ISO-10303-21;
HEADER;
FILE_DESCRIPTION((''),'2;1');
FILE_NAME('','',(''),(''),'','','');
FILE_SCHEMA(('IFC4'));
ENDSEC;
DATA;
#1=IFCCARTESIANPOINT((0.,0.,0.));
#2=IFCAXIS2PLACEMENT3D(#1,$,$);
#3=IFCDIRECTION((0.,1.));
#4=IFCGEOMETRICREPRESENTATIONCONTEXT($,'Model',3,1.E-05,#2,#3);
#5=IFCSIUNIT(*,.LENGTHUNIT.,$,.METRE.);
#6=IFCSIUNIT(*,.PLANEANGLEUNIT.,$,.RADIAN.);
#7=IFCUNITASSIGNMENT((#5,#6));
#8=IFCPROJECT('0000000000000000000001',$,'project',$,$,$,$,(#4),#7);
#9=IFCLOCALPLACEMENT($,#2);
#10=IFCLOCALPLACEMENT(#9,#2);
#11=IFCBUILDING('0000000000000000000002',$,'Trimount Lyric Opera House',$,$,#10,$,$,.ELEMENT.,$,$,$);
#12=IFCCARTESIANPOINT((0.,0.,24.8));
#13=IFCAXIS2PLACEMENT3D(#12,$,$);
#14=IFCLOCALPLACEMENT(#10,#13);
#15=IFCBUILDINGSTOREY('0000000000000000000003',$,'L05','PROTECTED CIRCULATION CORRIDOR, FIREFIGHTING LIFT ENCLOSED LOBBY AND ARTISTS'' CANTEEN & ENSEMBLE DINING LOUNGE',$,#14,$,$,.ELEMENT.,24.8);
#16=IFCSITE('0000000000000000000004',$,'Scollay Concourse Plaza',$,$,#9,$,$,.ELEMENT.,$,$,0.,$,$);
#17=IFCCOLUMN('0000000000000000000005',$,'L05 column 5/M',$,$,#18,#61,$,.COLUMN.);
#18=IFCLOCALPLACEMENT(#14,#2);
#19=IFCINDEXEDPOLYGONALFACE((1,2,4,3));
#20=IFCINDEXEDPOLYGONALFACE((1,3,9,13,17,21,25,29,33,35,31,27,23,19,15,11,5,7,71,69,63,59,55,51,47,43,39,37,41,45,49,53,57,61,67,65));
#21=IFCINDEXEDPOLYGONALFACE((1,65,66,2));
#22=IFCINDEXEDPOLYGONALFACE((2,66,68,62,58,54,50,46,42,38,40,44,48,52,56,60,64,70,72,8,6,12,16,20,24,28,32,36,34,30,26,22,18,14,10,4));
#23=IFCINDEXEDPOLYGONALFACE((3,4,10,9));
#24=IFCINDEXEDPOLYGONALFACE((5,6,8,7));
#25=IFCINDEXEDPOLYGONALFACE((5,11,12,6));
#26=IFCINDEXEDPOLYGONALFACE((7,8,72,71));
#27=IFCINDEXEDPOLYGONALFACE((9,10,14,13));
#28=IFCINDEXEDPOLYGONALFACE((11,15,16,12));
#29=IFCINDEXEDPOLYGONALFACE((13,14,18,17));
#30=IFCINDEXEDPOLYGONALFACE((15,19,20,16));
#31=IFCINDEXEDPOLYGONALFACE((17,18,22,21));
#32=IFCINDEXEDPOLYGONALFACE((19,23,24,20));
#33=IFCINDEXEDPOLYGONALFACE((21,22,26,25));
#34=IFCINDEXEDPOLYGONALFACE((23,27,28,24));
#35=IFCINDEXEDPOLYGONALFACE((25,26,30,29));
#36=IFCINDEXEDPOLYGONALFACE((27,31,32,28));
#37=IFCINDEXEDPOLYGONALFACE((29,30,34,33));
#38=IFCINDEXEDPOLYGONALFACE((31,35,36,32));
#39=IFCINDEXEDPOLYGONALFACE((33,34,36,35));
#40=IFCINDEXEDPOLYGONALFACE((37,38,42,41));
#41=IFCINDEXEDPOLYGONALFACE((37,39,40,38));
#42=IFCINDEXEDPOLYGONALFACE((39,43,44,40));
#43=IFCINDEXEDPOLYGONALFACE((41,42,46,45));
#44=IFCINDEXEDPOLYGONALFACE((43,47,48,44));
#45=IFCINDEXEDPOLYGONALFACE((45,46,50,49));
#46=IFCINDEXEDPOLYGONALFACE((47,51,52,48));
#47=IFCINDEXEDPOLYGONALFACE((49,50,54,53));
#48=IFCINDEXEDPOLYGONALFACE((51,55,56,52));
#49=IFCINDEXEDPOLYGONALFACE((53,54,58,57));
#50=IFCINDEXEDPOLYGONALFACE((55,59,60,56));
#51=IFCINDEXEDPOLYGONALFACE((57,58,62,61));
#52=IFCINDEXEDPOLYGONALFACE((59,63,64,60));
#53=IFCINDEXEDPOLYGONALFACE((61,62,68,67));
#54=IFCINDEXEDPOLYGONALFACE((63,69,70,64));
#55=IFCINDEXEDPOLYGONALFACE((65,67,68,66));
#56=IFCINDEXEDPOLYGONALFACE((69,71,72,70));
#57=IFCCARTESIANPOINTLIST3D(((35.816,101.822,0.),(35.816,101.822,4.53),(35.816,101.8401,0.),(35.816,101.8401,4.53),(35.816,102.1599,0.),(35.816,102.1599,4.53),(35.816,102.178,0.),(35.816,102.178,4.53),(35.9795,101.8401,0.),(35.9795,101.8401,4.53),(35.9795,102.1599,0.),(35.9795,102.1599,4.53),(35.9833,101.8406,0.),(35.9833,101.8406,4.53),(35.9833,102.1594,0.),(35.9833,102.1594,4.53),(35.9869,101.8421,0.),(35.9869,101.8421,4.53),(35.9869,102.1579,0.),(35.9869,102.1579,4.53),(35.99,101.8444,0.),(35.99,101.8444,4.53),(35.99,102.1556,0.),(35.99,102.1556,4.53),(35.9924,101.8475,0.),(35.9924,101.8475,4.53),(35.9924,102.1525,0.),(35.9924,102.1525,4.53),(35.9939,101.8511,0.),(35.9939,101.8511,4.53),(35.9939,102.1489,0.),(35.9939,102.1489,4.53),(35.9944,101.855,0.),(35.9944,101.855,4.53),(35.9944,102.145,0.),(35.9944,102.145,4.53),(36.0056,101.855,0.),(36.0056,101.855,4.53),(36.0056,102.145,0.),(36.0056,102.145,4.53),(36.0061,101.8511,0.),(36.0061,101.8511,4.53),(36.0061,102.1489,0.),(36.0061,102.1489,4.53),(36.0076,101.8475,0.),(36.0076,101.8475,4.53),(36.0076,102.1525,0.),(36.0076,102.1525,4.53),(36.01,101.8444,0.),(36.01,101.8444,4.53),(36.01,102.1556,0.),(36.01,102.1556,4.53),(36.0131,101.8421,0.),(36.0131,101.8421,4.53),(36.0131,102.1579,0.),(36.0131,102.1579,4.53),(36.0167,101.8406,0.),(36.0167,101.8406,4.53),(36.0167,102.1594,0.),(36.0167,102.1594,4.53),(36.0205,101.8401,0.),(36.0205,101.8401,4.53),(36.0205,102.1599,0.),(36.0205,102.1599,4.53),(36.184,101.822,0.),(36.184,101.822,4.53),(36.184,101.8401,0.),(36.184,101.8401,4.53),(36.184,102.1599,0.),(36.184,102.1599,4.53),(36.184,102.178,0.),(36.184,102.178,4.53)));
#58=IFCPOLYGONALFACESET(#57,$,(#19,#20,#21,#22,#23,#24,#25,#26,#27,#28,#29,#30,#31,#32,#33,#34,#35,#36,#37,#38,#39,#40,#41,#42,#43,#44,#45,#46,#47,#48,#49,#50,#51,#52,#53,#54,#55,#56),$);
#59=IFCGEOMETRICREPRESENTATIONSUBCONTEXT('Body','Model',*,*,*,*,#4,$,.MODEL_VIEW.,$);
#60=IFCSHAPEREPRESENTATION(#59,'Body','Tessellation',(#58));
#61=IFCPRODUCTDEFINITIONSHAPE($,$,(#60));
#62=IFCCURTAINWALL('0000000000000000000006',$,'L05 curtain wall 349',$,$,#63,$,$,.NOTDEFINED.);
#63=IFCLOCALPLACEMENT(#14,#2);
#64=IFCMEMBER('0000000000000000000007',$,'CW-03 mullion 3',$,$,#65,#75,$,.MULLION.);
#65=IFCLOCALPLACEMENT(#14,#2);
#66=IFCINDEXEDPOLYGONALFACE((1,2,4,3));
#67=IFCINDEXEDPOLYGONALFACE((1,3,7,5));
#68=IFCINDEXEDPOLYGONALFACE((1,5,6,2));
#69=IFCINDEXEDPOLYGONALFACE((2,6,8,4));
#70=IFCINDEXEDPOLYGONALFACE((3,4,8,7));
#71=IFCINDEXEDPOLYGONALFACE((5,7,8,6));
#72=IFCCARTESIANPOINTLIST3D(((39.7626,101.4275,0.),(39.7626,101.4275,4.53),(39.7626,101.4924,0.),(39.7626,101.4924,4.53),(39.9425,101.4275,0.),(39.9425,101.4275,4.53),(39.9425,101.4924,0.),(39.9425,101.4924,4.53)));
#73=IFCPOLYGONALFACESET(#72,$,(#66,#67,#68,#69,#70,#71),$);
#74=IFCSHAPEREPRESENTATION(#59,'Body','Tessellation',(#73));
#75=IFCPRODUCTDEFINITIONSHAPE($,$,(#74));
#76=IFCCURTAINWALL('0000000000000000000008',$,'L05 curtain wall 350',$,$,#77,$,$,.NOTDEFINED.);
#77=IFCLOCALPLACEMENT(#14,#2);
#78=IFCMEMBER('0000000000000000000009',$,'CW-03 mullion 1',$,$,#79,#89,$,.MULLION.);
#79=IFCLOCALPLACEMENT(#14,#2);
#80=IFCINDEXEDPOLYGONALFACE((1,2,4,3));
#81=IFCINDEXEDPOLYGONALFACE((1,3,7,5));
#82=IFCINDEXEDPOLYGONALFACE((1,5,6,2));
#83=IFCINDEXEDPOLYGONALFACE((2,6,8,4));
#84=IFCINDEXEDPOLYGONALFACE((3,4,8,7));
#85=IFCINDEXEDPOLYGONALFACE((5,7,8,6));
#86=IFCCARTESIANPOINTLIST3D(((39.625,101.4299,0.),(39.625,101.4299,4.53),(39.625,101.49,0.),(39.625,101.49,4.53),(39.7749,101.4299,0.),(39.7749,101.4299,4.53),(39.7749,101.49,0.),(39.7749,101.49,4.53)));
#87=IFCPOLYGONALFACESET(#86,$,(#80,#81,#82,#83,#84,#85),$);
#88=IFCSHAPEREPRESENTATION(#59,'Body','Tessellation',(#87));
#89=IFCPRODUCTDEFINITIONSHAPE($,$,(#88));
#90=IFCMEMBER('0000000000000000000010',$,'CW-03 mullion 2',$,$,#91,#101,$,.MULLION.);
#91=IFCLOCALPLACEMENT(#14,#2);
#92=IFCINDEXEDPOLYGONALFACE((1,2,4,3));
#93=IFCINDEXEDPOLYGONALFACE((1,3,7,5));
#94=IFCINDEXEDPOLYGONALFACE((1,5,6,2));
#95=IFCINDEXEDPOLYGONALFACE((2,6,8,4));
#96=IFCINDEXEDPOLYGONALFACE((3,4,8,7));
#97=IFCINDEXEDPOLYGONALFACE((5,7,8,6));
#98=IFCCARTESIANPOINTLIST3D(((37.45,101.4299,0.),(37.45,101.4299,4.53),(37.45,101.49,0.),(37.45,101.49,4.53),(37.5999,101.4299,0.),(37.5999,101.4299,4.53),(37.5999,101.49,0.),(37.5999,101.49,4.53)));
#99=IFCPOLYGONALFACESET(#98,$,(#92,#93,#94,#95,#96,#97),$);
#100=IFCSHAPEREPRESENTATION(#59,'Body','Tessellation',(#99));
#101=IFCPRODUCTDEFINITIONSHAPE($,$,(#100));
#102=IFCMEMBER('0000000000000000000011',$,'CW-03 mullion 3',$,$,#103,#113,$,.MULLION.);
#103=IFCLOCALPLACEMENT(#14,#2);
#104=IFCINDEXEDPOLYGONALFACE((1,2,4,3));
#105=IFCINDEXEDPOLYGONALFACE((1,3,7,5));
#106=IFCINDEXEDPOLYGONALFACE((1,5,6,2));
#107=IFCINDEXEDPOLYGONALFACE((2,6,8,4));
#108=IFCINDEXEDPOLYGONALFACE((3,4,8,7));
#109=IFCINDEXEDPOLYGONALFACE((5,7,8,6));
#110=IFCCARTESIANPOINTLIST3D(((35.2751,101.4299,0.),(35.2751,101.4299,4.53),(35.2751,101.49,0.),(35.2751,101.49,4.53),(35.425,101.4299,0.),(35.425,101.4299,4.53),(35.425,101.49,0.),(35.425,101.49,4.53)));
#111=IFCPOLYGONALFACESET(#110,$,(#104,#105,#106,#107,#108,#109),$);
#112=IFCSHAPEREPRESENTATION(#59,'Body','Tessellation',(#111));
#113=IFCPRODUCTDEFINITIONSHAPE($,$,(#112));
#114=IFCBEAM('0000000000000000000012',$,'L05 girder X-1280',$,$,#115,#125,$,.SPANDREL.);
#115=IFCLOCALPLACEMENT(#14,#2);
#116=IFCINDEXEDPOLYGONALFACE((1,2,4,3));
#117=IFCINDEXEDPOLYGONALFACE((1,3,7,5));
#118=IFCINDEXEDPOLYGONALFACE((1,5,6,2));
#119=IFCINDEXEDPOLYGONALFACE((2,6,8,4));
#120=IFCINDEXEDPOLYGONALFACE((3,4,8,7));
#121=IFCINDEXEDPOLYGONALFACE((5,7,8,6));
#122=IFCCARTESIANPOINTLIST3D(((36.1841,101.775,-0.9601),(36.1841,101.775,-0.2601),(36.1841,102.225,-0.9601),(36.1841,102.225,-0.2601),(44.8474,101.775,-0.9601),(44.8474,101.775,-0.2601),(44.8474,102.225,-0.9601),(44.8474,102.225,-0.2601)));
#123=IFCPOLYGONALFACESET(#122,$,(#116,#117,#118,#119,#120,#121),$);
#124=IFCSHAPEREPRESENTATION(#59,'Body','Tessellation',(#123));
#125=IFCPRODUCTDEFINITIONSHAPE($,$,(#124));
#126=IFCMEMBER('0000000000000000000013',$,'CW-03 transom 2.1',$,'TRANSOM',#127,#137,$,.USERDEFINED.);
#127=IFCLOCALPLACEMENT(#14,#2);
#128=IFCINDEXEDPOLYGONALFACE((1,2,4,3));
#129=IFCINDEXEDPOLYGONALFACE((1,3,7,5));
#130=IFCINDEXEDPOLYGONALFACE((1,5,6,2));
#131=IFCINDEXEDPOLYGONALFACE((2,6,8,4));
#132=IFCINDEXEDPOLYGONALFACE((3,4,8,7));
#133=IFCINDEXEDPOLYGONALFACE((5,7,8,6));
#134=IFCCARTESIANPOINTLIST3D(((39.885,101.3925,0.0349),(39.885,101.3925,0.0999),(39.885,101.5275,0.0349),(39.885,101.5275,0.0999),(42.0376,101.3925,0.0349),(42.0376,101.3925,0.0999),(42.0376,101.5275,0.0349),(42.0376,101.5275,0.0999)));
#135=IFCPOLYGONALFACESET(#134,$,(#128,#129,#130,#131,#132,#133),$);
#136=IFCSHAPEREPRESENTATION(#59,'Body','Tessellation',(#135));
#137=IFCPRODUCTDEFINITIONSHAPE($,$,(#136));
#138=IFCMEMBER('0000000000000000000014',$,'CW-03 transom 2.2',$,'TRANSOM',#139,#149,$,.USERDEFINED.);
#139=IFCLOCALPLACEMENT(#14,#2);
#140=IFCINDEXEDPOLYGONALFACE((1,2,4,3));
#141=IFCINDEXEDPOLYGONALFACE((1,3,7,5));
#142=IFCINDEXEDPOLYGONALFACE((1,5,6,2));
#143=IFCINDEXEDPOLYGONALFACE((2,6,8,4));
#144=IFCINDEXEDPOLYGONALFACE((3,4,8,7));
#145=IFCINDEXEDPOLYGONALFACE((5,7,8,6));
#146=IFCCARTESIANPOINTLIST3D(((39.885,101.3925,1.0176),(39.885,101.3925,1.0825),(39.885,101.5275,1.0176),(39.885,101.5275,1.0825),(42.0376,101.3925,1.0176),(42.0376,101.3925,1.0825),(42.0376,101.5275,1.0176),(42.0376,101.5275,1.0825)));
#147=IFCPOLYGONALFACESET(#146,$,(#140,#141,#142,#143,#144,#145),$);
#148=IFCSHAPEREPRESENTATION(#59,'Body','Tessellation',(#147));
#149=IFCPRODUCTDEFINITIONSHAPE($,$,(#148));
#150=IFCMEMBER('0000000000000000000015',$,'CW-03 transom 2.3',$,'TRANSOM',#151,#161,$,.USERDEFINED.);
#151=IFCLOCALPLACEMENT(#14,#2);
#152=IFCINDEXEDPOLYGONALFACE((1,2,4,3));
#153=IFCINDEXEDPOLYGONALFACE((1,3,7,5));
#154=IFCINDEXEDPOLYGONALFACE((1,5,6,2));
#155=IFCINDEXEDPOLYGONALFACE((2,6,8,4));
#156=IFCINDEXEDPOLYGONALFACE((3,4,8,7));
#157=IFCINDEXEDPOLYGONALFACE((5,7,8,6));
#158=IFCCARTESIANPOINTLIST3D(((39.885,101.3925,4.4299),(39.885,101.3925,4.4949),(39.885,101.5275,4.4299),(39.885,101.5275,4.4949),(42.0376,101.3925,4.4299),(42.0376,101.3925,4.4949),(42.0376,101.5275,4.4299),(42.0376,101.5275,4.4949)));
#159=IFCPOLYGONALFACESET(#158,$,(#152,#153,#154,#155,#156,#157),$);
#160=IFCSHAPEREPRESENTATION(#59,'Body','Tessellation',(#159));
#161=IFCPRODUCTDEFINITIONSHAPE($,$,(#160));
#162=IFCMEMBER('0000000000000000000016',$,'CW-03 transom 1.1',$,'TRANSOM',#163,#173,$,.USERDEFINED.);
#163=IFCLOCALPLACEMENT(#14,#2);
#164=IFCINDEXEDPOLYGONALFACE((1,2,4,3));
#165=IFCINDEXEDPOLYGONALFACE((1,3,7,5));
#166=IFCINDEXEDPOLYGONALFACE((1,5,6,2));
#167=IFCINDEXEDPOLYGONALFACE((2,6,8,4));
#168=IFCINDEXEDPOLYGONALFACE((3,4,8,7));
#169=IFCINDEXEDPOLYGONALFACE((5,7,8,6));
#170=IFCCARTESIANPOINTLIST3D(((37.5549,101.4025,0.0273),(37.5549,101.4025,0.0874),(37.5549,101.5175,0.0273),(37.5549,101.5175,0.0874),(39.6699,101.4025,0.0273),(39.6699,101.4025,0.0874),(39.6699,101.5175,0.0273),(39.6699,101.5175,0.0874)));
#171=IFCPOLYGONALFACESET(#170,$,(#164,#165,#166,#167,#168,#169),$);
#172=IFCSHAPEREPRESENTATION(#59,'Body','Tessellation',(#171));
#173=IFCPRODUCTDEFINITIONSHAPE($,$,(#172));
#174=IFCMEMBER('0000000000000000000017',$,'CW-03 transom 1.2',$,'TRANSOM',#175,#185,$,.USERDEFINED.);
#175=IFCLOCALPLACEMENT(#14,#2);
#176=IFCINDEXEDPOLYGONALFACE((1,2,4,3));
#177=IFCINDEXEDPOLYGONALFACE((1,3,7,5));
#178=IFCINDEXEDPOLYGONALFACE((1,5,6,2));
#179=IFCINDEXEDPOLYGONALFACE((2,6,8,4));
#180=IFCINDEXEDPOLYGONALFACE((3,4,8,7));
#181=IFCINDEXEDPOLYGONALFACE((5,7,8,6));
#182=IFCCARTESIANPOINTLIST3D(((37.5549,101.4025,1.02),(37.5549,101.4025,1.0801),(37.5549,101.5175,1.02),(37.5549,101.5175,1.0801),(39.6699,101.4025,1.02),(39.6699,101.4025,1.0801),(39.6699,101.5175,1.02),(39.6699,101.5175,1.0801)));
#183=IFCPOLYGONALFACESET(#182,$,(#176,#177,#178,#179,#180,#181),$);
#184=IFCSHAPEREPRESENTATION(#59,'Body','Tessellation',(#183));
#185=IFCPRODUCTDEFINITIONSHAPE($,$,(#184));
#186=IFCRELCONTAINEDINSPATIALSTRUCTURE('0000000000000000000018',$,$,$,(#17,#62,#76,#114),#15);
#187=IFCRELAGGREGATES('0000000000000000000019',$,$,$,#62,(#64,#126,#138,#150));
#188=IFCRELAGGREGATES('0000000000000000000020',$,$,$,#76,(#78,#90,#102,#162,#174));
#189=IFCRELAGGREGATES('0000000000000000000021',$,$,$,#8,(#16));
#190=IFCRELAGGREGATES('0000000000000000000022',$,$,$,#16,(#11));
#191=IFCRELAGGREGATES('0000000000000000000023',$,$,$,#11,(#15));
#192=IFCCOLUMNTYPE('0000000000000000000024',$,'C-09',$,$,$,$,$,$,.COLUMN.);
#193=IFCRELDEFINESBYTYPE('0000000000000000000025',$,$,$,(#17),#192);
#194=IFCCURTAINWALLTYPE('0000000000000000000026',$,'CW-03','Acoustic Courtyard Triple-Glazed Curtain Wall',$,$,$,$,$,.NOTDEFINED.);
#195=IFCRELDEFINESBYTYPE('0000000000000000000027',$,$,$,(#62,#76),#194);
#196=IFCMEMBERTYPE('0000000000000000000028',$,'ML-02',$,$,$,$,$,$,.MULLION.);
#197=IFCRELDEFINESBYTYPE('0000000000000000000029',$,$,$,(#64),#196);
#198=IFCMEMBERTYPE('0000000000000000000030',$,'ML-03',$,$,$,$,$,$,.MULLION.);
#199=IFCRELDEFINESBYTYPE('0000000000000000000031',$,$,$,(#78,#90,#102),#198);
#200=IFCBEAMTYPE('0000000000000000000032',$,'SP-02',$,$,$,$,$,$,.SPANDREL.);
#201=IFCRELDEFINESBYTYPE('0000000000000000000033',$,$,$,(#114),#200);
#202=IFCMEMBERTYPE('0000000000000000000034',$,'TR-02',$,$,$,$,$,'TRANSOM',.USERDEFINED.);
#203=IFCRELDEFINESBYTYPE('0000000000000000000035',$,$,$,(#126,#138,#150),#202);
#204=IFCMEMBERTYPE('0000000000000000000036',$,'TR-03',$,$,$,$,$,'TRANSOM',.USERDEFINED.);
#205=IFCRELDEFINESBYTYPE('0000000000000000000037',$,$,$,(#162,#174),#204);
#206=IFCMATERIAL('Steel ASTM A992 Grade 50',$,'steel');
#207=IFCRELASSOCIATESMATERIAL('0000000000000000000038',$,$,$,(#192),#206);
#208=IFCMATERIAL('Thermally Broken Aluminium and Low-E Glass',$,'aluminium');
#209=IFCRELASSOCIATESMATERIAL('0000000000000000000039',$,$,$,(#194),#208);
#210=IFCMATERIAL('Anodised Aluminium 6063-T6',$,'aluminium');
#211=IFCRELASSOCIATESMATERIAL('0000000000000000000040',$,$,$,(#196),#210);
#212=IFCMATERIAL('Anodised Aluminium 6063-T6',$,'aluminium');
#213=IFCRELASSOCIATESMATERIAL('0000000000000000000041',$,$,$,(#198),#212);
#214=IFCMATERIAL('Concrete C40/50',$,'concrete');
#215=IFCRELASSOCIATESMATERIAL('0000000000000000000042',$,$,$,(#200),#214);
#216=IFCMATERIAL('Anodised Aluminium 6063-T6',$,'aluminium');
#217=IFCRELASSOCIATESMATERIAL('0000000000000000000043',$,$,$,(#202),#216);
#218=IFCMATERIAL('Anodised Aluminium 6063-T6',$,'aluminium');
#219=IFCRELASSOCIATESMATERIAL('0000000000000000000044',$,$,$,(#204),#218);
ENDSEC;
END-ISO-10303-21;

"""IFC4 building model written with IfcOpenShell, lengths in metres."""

from ifc_helpers import new_model, si_unit, direction, frame, origin, origin_2d, place, context, subcontext, project, spatial, rectangle, i_section, extrude, material, material_profile, profile_set, type_object, element, aggregate, save


model = new_model("IFC4")

# Units and contexts
model_context = context("Model", 3, precision=1e-05, world=origin(), true_north=direction((0.0, 1.0)))
body_context = subcontext(model_context, "Body", "Model", "MODEL_VIEW")
ifc_project = project(units=[si_unit("LENGTHUNIT", "METRE"), si_unit("PLANEANGLEUNIT", "RADIAN")], contexts=[model_context])

# Site, building, storey
site_placement = place(None, origin())
site = spatial("IfcSite", under=ifc_project, at=site_placement, Name="Scollay Concourse Plaza", CompositionType="ELEMENT", RefElevation=0.0)
building_placement = place(site_placement, origin())
building = spatial("IfcBuilding", under=site, at=building_placement, Name="Trimount Lyric Opera House", CompositionType="ELEMENT")
storey_placement = place(building_placement, frame((0.0, 0.0, 24.8)))
storey = spatial("IfcBuildingStorey", under=building, at=storey_placement, Name="L05", Description="PROTECTED CIRCULATION CORRIDOR, FIREFIGHTING LIFT ENCLOSED LOBBY AND ARTISTS' CANTEEN & ENSEMBLE DINING LOUNGE", CompositionType="ELEMENT", Elevation=24.8)

# Column
ifc_material_1 = material(Name="Steel ASTM A992 Grade 50", Category="steel")
ifc_material_profile_1 = material_profile(ifc_material_1, i_section(OverallWidth=0.3679, OverallDepth=0.356, WebThickness=0.0112, FlangeThickness=0.0181, FilletRadius=0.0149, at=origin_2d()), Name="W14X90")
ifc_profile_set_1 = profile_set([ifc_material_profile_1], Name="Steel ASTM A992 Grade 50")
column_type = type_object("IfcColumnType", Name="C-09", PredefinedType="COLUMN", material=ifc_profile_set_1)
column_placement = place(storey_placement, frame((36.0, 102.0, 0.0), z_axis=(0.0, 0.0, 1.0), x_axis=(1.0, 0.0, 0.0)))
element("IfcColumn", 1, at=column_placement, inside=storey, type_object=column_type, Name="L05 column 5/M", PredefinedType="COLUMN", context=body_context, shape_type="SweptSolid", body=[
    extrude(i_section(OverallWidth=0.3679, OverallDepth=0.356, WebThickness=0.0112, FlangeThickness=0.0181, FilletRadius=0.0149, at=origin_2d()), origin(), (0.0, 0.0, 1.0), 4.53),
])

# Curtain wall, member
ifc_material_2 = material(Name="Thermally Broken Aluminium and Low-E Glass", Category="aluminium")
curtain_wall_type = type_object("IfcCurtainWallType", Name="CW-03", Description="Acoustic Courtyard Triple-Glazed Curtain Wall", PredefinedType="NOTDEFINED", material=ifc_material_2)
curtain_wall_1_placement = place(storey_placement, origin())
curtain_wall_1 = element("IfcCurtainWall", 2, at=curtain_wall_1_placement, inside=storey, type_object=curtain_wall_type, Name="L05 curtain wall 349", PredefinedType="NOTDEFINED")
ifc_material_3 = material(Name="Anodised Aluminium 6063-T6", Category="aluminium")
ifc_material_profile_2 = material_profile(ifc_material_3, rectangle(XDim=0.0649, YDim=0.1799, at=origin_2d()), Name="ALU-MULL-65X180")
ifc_profile_set_2 = profile_set([ifc_material_profile_2], Name="Anodised Aluminium 6063-T6")
member_type_1 = type_object("IfcMemberType", Name="ML-02", PredefinedType="MULLION", material=ifc_profile_set_2)
member_1_placement = place(storey_placement, frame((39.8525, 101.46, 0.0), z_axis=(0.0, 0.0, 1.0), x_axis=(0.0, -1.0, 0.0)))
member_1 = element("IfcMember", 3, at=member_1_placement, type_object=member_type_1, Name="CW-03 mullion 3", PredefinedType="MULLION", context=body_context, shape_type="SweptSolid", body=[
    extrude(rectangle(XDim=0.0649, YDim=0.1799, at=origin_2d()), origin(), (0.0, 0.0, 1.0), 4.53),
])

# Curtain wall, members
curtain_wall_2_placement = place(storey_placement, origin())
curtain_wall_2 = element("IfcCurtainWall", 4, at=curtain_wall_2_placement, inside=storey, type_object=curtain_wall_type, Name="L05 curtain wall 350", PredefinedType="NOTDEFINED")
ifc_material_4 = material(Name="Anodised Aluminium 6063-T6", Category="aluminium")
ifc_material_profile_3 = material_profile(ifc_material_4, rectangle(XDim=0.0601, YDim=0.1499, at=origin_2d()), Name="ALU-MULL-60X150")
ifc_profile_set_3 = profile_set([ifc_material_profile_3], Name="Anodised Aluminium 6063-T6")
member_type_2 = type_object("IfcMemberType", Name="ML-03", PredefinedType="MULLION", material=ifc_profile_set_3)
member_2_placement = place(storey_placement, frame((39.7, 101.46, 0.0), z_axis=(0.0, 0.0, 1.0), x_axis=(0.0, -1.0, 0.0)))
member_2 = element("IfcMember", 5, at=member_2_placement, type_object=member_type_2, Name="CW-03 mullion 1", PredefinedType="MULLION", context=body_context, shape_type="SweptSolid", body=[
    extrude(rectangle(XDim=0.0601, YDim=0.1499, at=origin_2d()), origin(), (0.0, 0.0, 1.0), 4.53),
])
member_3_placement = place(storey_placement, frame((37.5249, 101.46, 0.0), z_axis=(0.0, 0.0, 1.0), x_axis=(0.0, -1.0, 0.0)))
member_3 = element("IfcMember", 6, at=member_3_placement, type_object=member_type_2, Name="CW-03 mullion 2", PredefinedType="MULLION", context=body_context, shape_type="SweptSolid", body=[
    extrude(rectangle(XDim=0.0601, YDim=0.1499, at=origin_2d()), origin(), (0.0, 0.0, 1.0), 4.53),
])
member_4_placement = place(storey_placement, frame((35.3501, 101.46, 0.0), z_axis=(0.0, 0.0, 1.0), x_axis=(0.0, -1.0, 0.0)))
member_4 = element("IfcMember", 7, at=member_4_placement, type_object=member_type_2, Name="CW-03 mullion 3", PredefinedType="MULLION", context=body_context, shape_type="SweptSolid", body=[
    extrude(rectangle(XDim=0.0601, YDim=0.1499, at=origin_2d()), origin(), (0.0, 0.0, 1.0), 4.53),
])

# Beam
ifc_material_5 = material(Name="Concrete C40/50", Category="concrete")
ifc_material_profile_4 = material_profile(ifc_material_5, rectangle(XDim=0.45, YDim=0.7, at=origin_2d()), Name="RC450X700")
ifc_profile_set_4 = profile_set([ifc_material_profile_4], Name="Concrete C40/50")
beam_type = type_object("IfcBeamType", Name="SP-02", PredefinedType="SPANDREL", material=ifc_profile_set_4)
beam_placement = place(storey_placement, frame((36.1841, 102.0, -0.6101), z_axis=(1.0, 0.0, 0.0), x_axis=(0.0, 1.0, 0.0)))
element("IfcBeam", 8, at=beam_placement, inside=storey, type_object=beam_type, Name="L05 girder X-1280", PredefinedType="SPANDREL", context=body_context, shape_type="SweptSolid", body=[
    extrude(rectangle(XDim=0.45, YDim=0.7, at=origin_2d()), origin(), (0.0, 0.0, 1.0), 8.6633),
])

# Members
ifc_material_6 = material(Name="Anodised Aluminium 6063-T6", Category="aluminium")
ifc_material_profile_5 = material_profile(ifc_material_6, rectangle(XDim=0.135, YDim=0.0649, at=origin_2d()), Name="ALU-TRAN-65X135")
ifc_profile_set_5 = profile_set([ifc_material_profile_5], Name="Anodised Aluminium 6063-T6")
member_type_3 = type_object("IfcMemberType", Name="TR-02", ElementType="TRANSOM", PredefinedType="USERDEFINED", material=ifc_profile_set_5)
member_5_placement = place(storey_placement, frame((42.0376, 101.46, 0.0674), z_axis=(-1.0, 0.0, 0.0), x_axis=(0.0, -1.0, 0.0)))
member_5 = element("IfcMember", 9, at=member_5_placement, type_object=member_type_3, Name="CW-03 transom 2.1", ObjectType="TRANSOM", PredefinedType="USERDEFINED", context=body_context, shape_type="SweptSolid", body=[
    extrude(rectangle(XDim=0.135, YDim=0.0649, at=origin_2d()), origin(), (0.0, 0.0, 1.0), 2.1526),
])
member_6_placement = place(storey_placement, frame((42.0376, 101.46, 1.05), z_axis=(-1.0, 0.0, 0.0), x_axis=(0.0, -1.0, 0.0)))
member_6 = element("IfcMember", 10, at=member_6_placement, type_object=member_type_3, Name="CW-03 transom 2.2", ObjectType="TRANSOM", PredefinedType="USERDEFINED", context=body_context, shape_type="SweptSolid", body=[
    extrude(rectangle(XDim=0.135, YDim=0.0649, at=origin_2d()), origin(), (0.0, 0.0, 1.0), 2.1526),
])
member_7_placement = place(storey_placement, frame((42.0376, 101.46, 4.4624), z_axis=(-1.0, 0.0, 0.0), x_axis=(0.0, -1.0, 0.0)))
member_7 = element("IfcMember", 11, at=member_7_placement, type_object=member_type_3, Name="CW-03 transom 2.3", ObjectType="TRANSOM", PredefinedType="USERDEFINED", context=body_context, shape_type="SweptSolid", body=[
    extrude(rectangle(XDim=0.135, YDim=0.0649, at=origin_2d()), origin(), (0.0, 0.0, 1.0), 2.1526),
])
ifc_material_7 = material(Name="Anodised Aluminium 6063-T6", Category="aluminium")
ifc_material_profile_6 = material_profile(ifc_material_7, rectangle(XDim=0.115, YDim=0.0601, at=origin_2d()), Name="ALU-TRAN-60X115")
ifc_profile_set_6 = profile_set([ifc_material_profile_6], Name="Anodised Aluminium 6063-T6")
member_type_4 = type_object("IfcMemberType", Name="TR-03", ElementType="TRANSOM", PredefinedType="USERDEFINED", material=ifc_profile_set_6)
member_8_placement = place(storey_placement, frame((39.6699, 101.46, 0.0574), z_axis=(-1.0, 0.0, 0.0), x_axis=(0.0, -1.0, 0.0)))
member_8 = element("IfcMember", 12, at=member_8_placement, type_object=member_type_4, Name="CW-03 transom 1.1", ObjectType="TRANSOM", PredefinedType="USERDEFINED", context=body_context, shape_type="SweptSolid", body=[
    extrude(rectangle(XDim=0.115, YDim=0.0601, at=origin_2d()), origin(), (0.0, 0.0, 1.0), 2.115),
])
member_9_placement = place(storey_placement, frame((39.6699, 101.46, 1.05), z_axis=(-1.0, 0.0, 0.0), x_axis=(0.0, -1.0, 0.0)))
member_9 = element("IfcMember", 13, at=member_9_placement, type_object=member_type_4, Name="CW-03 transom 1.2", ObjectType="TRANSOM", PredefinedType="USERDEFINED", context=body_context, shape_type="SweptSolid", body=[
    extrude(rectangle(XDim=0.115, YDim=0.0601, at=origin_2d()), origin(), (0.0, 0.0, 1.0), 2.115),
])

aggregate(curtain_wall_1, [member_1, member_5, member_6, member_7])
aggregate(curtain_wall_2, [member_2, member_3, member_4, member_8, member_9])

save(model, "model.ifc")
